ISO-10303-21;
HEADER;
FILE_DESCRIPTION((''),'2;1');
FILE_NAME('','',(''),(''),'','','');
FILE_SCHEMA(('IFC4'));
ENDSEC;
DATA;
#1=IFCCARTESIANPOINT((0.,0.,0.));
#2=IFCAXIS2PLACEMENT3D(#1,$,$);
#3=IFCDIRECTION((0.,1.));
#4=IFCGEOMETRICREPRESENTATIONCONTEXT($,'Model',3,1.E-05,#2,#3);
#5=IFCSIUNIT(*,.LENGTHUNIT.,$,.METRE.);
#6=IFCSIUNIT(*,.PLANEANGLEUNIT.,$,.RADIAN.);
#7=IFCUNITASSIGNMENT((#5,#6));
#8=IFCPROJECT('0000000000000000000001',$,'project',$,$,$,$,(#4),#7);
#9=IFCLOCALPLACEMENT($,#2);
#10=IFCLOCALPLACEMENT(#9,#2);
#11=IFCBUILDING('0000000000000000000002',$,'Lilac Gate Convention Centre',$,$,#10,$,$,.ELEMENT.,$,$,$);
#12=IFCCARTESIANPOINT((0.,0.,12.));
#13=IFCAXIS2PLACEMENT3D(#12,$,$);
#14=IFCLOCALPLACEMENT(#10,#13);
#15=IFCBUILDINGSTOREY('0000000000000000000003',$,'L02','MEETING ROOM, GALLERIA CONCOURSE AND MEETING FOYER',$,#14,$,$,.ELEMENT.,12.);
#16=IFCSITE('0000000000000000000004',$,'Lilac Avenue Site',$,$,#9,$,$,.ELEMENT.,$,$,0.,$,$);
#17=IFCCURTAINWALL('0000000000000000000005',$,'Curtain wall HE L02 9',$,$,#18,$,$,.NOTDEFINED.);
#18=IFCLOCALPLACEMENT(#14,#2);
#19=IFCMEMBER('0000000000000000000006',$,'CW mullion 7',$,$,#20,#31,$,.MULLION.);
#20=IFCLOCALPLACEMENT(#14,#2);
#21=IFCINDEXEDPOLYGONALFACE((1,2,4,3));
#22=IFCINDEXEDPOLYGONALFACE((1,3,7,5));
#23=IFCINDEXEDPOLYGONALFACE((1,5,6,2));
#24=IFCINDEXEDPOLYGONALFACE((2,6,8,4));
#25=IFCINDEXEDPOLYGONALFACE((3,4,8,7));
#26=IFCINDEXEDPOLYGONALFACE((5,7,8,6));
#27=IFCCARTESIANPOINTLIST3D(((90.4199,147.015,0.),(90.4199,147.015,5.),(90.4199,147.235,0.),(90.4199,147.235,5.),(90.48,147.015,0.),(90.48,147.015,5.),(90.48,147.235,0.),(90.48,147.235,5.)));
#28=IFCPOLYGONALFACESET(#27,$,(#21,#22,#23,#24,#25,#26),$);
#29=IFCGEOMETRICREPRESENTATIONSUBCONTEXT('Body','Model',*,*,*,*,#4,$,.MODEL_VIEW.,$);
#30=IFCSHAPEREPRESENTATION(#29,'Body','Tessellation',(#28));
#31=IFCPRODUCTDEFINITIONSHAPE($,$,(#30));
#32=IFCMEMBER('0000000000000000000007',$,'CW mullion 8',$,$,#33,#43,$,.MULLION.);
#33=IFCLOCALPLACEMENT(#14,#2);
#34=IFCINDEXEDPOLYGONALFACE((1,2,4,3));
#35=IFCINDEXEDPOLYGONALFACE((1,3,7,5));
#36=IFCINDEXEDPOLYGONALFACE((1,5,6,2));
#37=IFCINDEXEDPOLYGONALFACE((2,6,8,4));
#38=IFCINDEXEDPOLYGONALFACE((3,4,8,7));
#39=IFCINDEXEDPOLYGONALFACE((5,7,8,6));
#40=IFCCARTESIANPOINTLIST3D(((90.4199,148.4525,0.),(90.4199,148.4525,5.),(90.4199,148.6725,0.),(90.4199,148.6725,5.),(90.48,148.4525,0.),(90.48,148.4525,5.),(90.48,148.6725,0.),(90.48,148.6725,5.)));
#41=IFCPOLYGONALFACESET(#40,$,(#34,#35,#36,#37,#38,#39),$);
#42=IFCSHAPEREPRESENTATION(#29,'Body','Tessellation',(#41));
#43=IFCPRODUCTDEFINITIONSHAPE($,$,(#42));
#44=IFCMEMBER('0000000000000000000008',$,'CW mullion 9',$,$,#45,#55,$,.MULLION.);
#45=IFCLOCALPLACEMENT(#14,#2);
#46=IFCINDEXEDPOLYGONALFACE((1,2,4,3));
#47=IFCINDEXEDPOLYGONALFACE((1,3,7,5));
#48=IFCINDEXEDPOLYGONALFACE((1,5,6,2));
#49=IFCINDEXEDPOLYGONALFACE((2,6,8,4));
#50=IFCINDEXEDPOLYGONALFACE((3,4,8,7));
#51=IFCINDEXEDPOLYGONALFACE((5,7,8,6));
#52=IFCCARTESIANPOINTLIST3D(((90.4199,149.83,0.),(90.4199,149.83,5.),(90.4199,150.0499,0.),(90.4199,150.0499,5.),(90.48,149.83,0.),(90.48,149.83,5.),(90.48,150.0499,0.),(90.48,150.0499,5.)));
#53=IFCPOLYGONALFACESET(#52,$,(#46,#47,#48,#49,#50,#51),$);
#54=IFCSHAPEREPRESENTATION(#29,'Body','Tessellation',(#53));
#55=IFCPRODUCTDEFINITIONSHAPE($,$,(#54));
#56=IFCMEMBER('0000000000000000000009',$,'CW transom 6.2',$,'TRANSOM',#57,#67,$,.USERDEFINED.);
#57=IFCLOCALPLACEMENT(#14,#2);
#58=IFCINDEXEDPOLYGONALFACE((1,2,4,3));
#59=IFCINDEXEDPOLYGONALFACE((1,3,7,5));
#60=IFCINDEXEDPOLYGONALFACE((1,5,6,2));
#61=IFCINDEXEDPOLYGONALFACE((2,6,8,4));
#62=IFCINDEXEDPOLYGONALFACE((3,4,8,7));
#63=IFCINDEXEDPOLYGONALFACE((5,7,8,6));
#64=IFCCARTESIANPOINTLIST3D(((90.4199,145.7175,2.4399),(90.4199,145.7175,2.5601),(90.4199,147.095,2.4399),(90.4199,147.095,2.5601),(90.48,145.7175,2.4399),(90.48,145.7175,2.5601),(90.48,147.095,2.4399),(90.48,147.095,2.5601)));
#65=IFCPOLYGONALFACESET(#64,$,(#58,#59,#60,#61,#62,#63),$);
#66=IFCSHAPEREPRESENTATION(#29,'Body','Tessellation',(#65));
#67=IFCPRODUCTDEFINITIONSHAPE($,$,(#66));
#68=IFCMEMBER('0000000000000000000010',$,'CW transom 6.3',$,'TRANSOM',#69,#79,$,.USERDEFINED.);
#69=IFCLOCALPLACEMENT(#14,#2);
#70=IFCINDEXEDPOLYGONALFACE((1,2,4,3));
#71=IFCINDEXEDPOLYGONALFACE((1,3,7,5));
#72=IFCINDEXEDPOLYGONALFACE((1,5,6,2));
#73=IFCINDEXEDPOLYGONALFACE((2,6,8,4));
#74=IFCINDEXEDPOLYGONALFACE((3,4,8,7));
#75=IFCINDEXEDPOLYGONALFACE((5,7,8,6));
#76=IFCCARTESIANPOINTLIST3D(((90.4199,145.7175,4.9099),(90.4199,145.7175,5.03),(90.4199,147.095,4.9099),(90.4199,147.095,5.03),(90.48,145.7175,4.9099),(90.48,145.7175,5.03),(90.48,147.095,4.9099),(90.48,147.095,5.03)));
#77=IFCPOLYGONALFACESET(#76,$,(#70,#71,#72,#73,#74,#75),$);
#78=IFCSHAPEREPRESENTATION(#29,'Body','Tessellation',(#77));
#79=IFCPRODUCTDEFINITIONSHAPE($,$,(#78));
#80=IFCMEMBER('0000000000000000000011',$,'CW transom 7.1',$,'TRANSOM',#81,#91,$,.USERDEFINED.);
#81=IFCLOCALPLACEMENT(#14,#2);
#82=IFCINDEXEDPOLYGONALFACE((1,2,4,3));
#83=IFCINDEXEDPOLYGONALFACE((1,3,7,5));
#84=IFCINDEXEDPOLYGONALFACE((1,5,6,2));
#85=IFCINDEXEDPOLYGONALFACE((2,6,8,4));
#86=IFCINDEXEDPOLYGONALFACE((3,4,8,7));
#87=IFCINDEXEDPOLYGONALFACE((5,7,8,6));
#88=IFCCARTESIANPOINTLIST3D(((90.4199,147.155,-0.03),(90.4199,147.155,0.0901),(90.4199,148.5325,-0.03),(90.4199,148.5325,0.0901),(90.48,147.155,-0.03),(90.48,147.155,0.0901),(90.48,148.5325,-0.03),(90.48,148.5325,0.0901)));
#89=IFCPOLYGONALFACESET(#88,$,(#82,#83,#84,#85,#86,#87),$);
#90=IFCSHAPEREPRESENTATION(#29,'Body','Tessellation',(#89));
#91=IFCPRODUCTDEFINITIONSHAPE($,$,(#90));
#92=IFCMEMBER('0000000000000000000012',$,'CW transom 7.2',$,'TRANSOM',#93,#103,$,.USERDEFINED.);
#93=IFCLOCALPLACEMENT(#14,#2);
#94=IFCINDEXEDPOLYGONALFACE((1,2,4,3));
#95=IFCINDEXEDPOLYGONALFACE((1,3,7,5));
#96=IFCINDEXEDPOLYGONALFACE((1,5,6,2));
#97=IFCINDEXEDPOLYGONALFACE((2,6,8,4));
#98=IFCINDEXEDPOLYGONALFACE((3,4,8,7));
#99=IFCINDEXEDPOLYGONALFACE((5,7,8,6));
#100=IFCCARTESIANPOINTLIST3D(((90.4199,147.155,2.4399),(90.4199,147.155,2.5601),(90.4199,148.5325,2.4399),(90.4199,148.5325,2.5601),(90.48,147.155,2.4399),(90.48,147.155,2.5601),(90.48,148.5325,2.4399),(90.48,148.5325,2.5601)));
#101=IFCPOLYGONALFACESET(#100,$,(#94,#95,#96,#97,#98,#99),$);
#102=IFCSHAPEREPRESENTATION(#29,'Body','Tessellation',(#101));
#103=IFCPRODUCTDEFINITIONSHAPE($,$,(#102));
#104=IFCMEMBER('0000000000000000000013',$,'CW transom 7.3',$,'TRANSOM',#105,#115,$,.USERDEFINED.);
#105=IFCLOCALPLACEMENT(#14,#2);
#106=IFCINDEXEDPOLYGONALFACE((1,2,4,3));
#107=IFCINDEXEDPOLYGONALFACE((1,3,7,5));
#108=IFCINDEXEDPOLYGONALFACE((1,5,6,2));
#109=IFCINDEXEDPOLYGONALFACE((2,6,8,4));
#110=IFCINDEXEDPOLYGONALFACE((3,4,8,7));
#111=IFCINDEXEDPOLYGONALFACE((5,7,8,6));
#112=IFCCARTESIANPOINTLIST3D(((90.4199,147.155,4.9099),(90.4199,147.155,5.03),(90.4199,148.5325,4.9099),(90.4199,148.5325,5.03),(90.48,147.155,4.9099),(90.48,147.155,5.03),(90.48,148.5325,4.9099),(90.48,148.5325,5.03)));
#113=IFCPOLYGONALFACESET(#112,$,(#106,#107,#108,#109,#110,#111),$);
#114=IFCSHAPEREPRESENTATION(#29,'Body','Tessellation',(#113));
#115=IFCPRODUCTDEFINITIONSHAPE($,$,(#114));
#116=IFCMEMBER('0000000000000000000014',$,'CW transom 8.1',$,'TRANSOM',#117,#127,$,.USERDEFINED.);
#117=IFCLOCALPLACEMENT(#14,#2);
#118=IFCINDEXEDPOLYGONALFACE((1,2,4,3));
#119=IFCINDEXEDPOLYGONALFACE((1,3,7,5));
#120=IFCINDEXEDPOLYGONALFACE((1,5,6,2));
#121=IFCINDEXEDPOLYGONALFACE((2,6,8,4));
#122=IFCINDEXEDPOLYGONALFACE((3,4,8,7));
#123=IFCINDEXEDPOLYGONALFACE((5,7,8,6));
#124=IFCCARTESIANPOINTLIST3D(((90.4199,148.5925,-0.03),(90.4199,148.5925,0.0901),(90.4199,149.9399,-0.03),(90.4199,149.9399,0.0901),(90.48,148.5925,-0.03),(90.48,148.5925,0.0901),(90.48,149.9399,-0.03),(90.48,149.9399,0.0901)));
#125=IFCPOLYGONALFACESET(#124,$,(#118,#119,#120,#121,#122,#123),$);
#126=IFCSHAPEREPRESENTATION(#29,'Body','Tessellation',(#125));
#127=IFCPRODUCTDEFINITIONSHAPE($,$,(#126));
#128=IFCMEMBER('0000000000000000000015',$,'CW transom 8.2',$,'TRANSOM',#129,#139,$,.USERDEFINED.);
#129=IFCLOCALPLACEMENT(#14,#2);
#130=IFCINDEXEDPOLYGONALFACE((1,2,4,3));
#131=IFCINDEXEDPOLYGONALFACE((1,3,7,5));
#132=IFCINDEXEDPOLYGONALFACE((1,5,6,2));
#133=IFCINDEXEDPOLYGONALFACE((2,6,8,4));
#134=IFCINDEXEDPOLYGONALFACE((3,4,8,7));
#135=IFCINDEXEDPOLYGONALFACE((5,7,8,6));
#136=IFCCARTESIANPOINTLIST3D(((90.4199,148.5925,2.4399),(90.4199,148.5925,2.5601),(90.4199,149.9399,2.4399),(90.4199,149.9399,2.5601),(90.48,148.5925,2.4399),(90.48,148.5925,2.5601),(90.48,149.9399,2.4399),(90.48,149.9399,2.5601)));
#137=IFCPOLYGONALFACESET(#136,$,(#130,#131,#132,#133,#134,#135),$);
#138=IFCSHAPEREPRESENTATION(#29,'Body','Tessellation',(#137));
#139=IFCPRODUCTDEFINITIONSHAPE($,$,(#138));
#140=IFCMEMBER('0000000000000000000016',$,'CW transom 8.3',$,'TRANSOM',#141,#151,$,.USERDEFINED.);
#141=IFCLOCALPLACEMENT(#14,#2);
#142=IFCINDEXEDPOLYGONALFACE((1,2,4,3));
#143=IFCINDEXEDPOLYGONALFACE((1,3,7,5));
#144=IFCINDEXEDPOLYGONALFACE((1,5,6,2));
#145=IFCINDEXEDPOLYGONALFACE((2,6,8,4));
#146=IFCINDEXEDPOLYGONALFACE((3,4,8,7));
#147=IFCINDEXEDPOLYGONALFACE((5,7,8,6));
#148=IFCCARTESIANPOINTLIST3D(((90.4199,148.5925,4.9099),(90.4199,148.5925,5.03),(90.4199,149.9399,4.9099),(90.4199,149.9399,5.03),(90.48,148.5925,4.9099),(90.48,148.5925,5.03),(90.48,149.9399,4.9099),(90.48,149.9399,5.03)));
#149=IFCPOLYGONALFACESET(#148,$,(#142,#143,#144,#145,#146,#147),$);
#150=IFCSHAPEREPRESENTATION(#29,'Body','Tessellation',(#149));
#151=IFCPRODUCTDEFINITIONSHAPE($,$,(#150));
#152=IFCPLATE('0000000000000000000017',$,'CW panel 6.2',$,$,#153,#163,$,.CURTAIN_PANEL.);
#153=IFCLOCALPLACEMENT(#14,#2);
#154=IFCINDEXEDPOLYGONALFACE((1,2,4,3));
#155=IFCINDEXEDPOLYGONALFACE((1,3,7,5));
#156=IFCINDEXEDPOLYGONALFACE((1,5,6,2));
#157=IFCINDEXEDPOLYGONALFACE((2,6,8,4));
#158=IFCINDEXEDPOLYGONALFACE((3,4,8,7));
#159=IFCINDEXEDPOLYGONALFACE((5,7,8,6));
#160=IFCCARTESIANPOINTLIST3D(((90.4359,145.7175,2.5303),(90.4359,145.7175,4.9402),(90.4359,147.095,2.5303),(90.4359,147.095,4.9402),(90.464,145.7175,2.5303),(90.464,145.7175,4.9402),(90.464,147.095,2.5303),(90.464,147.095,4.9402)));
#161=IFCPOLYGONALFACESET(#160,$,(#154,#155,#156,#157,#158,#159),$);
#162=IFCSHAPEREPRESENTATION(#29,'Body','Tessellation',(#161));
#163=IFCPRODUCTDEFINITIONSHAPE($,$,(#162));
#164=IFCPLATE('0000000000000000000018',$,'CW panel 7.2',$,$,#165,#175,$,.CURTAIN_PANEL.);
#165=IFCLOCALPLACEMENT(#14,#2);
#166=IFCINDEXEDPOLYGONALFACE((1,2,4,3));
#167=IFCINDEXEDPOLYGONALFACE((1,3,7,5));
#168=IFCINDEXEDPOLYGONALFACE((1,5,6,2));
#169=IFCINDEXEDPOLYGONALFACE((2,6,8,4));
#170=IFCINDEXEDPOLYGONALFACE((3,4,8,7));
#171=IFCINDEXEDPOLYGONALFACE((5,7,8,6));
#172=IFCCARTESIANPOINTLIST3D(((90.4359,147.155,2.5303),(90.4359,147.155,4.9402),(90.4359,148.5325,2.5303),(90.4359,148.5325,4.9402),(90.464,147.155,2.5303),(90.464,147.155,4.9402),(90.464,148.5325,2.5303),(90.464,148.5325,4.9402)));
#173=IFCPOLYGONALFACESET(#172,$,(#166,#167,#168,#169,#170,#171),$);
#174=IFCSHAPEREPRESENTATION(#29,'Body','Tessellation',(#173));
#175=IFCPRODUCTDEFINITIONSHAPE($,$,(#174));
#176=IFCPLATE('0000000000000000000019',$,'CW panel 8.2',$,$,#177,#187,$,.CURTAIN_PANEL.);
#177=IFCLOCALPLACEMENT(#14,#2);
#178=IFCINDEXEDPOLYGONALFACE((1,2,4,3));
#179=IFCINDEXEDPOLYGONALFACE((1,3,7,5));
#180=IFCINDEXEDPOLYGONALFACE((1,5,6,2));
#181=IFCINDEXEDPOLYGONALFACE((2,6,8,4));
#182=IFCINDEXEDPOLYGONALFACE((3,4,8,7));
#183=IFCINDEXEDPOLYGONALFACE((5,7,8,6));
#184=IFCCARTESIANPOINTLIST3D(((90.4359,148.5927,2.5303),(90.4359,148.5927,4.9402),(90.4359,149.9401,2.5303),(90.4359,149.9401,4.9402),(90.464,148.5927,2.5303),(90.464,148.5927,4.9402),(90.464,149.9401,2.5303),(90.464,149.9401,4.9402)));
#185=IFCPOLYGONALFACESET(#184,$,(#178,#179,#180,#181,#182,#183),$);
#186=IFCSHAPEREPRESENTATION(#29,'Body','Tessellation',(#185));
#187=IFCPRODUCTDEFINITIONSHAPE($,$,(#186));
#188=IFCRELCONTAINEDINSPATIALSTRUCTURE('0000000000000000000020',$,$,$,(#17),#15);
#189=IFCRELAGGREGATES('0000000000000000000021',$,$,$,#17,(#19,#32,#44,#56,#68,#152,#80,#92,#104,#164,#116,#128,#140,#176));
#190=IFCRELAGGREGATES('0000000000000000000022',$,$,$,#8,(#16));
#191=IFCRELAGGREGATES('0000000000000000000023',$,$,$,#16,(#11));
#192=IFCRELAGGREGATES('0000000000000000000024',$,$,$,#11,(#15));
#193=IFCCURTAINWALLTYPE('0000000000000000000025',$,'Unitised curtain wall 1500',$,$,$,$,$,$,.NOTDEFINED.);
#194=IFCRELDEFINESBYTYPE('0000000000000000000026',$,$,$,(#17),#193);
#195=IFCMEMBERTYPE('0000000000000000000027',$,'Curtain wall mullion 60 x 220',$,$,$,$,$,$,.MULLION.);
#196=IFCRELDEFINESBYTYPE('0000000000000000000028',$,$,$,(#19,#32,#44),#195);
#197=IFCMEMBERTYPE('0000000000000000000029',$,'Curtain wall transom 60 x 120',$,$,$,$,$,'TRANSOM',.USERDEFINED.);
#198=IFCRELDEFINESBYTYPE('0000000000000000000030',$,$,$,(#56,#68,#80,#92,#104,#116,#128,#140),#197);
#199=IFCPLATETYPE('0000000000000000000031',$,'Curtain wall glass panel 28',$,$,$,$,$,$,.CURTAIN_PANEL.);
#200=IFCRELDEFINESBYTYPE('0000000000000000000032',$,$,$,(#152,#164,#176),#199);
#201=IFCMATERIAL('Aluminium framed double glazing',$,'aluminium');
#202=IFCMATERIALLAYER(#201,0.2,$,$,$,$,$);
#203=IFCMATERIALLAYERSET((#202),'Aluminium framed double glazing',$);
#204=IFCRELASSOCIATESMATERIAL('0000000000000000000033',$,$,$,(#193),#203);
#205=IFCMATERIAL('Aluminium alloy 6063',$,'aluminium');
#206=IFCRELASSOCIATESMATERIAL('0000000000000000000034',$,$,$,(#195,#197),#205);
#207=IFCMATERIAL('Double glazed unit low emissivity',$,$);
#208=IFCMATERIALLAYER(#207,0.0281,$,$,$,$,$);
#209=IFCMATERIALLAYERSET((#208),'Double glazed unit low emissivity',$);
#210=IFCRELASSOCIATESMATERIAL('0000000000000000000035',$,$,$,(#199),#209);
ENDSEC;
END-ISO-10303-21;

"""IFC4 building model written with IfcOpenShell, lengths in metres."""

from ifc_helpers import new_model, si_unit, direction, frame, origin, origin_2d, place, context, subcontext, project, spatial, rectangle, extrude, material, layer, layer_set, material_profile, profile_set, type_object, element, aggregate, save


model = new_model("IFC4")

# Units and contexts
model_context = context("Model", 3, precision=1e-05, world=origin(), true_north=direction((0.0, 1.0)))
body_context = subcontext(model_context, "Body", "Model", "MODEL_VIEW")
ifc_project = project(units=[si_unit("LENGTHUNIT", "METRE"), si_unit("PLANEANGLEUNIT", "RADIAN")], contexts=[model_context])

# Site, building, storey
site_placement = place(None, origin())
site = spatial("IfcSite", under=ifc_project, at=site_placement, Name="Lilac Avenue Site", CompositionType="ELEMENT", RefElevation=0.0)
building_placement = place(site_placement, origin())
building = spatial("IfcBuilding", under=site, at=building_placement, Name="Lilac Gate Convention Centre", CompositionType="ELEMENT")
storey_placement = place(building_placement, frame((0.0, 0.0, 12.0)))
storey = spatial("IfcBuildingStorey", under=building, at=storey_placement, Name="L02", Description="MEETING ROOM, GALLERIA CONCOURSE AND MEETING FOYER", CompositionType="ELEMENT", Elevation=12.0)

# Curtain wall, members, plates
ifc_material_1 = material(Name="Aluminium framed double glazing", Category="aluminium")
ifc_layer_1 = layer(ifc_material_1, 0.2)
ifc_layer_set_1 = layer_set([ifc_layer_1], Name="Aluminium framed double glazing")
curtain_wall_type = type_object("IfcCurtainWallType", Name="Unitised curtain wall 1500", PredefinedType="NOTDEFINED", material=ifc_layer_set_1)
curtain_wall_placement = place(storey_placement, origin())
curtain_wall = element("IfcCurtainWall", 1, at=curtain_wall_placement, inside=storey, type_object=curtain_wall_type, Name="Curtain wall HE L02 9", PredefinedType="NOTDEFINED")
ifc_material_2 = material(Name="Aluminium alloy 6063", Category="aluminium")
ifc_material_profile_1 = material_profile(ifc_material_2, rectangle(XDim=0.0601, YDim=0.22, at=origin_2d()), Name="Curtain wall mullion 60 x 220")
ifc_profile_set_1 = profile_set([ifc_material_profile_1], Name="Aluminium alloy 6063")
member_type_1 = type_object("IfcMemberType", Name="Curtain wall mullion 60 x 220", PredefinedType="MULLION", material=ifc_profile_set_1)
member_1_placement = place(storey_placement, frame((90.45, 147.125, 0.0), z_axis=(0.0, 0.0, 1.0), x_axis=(-1.0, 0.0, 0.0)))
member_1 = element("IfcMember", 2, at=member_1_placement, type_object=member_type_1, Name="CW mullion 7", PredefinedType="MULLION", context=body_context, shape_type="SweptSolid", body=[
    extrude(rectangle(XDim=0.0601, YDim=0.22, at=origin_2d()), origin(), (0.0, 0.0, 1.0), 5.0),
])
member_2_placement = place(storey_placement, frame((90.45, 148.5625, 0.0), z_axis=(0.0, 0.0, 1.0), x_axis=(-1.0, 0.0, 0.0)))
member_2 = element("IfcMember", 3, at=member_2_placement, type_object=member_type_1, Name="CW mullion 8", PredefinedType="MULLION", context=body_context, shape_type="SweptSolid", body=[
    extrude(rectangle(XDim=0.0601, YDim=0.22, at=origin_2d()), origin(), (0.0, 0.0, 1.0), 5.0),
])
member_3_placement = place(storey_placement, frame((90.45, 149.9399, 0.0), z_axis=(0.0, 0.0, 1.0), x_axis=(-1.0, 0.0, 0.0)))
member_3 = element("IfcMember", 4, at=member_3_placement, type_object=member_type_1, Name="CW mullion 9", PredefinedType="MULLION", context=body_context, shape_type="SweptSolid", body=[
    extrude(rectangle(XDim=0.0601, YDim=0.22, at=origin_2d()), origin(), (0.0, 0.0, 1.0), 5.0),
])
ifc_material_profile_2 = material_profile(ifc_material_2, rectangle(XDim=0.0601, YDim=0.1201, at=origin_2d()), Name="Curtain wall transom 60 x 120")
ifc_profile_set_2 = profile_set([ifc_material_profile_2], Name="Aluminium alloy 6063")
member_type_2 = type_object("IfcMemberType", Name="Curtain wall transom 60 x 120", ElementType="TRANSOM", PredefinedType="USERDEFINED", material=ifc_profile_set_2)
member_4_placement = place(storey_placement, frame((90.45, 145.7175, 2.5), z_axis=(0.0, 1.0, 0.0), x_axis=(-1.0, 0.0, 0.0)))
member_4 = element("IfcMember", 5, at=member_4_placement, type_object=member_type_2, Name="CW transom 6.2", ObjectType="TRANSOM", PredefinedType="USERDEFINED", context=body_context, shape_type="SweptSolid", body=[
    extrude(rectangle(XDim=0.0601, YDim=0.1201, at=origin_2d()), origin(), (0.0, 0.0, 1.0), 1.3774),
])
member_5_placement = place(storey_placement, frame((90.45, 145.7175, 4.97), z_axis=(0.0, 1.0, 0.0), x_axis=(-1.0, 0.0, 0.0)))
member_5 = element("IfcMember", 6, at=member_5_placement, type_object=member_type_2, Name="CW transom 6.3", ObjectType="TRANSOM", PredefinedType="USERDEFINED", context=body_context, shape_type="SweptSolid", body=[
    extrude(rectangle(XDim=0.0601, YDim=0.1201, at=origin_2d()), origin(), (0.0, 0.0, 1.0), 1.3774),
])
member_6_placement = place(storey_placement, frame((90.45, 147.155, 0.03), z_axis=(0.0, 1.0, 0.0), x_axis=(-1.0, 0.0, 0.0)))
member_6 = element("IfcMember", 7, at=member_6_placement, type_object=member_type_2, Name="CW transom 7.1", ObjectType="TRANSOM", PredefinedType="USERDEFINED", context=body_context, shape_type="SweptSolid", body=[
    extrude(rectangle(XDim=0.0601, YDim=0.1201, at=origin_2d()), origin(), (0.0, 0.0, 1.0), 1.3774),
])
member_7_placement = place(storey_placement, frame((90.45, 147.155, 2.5), z_axis=(0.0, 1.0, 0.0), x_axis=(-1.0, 0.0, 0.0)))
member_7 = element("IfcMember", 8, at=member_7_placement, type_object=member_type_2, Name="CW transom 7.2", ObjectType="TRANSOM", PredefinedType="USERDEFINED", context=body_context, shape_type="SweptSolid", body=[
    extrude(rectangle(XDim=0.0601, YDim=0.1201, at=origin_2d()), origin(), (0.0, 0.0, 1.0), 1.3774),
])
member_8_placement = place(storey_placement, frame((90.45, 147.155, 4.97), z_axis=(0.0, 1.0, 0.0), x_axis=(-1.0, 0.0, 0.0)))
member_8 = element("IfcMember", 9, at=member_8_placement, type_object=member_type_2, Name="CW transom 7.3", ObjectType="TRANSOM", PredefinedType="USERDEFINED", context=body_context, shape_type="SweptSolid", body=[
    extrude(rectangle(XDim=0.0601, YDim=0.1201, at=origin_2d()), origin(), (0.0, 0.0, 1.0), 1.3774),
])
member_9_placement = place(storey_placement, frame((90.45, 148.5925, 0.03), z_axis=(0.0, 1.0, 0.0), x_axis=(-1.0, 0.0, 0.0)))
member_9 = element("IfcMember", 10, at=member_9_placement, type_object=member_type_2, Name="CW transom 8.1", ObjectType="TRANSOM", PredefinedType="USERDEFINED", context=body_context, shape_type="SweptSolid", body=[
    extrude(rectangle(XDim=0.0601, YDim=0.1201, at=origin_2d()), origin(), (0.0, 0.0, 1.0), 1.3474),
])
member_10_placement = place(storey_placement, frame((90.45, 148.5925, 2.5), z_axis=(0.0, 1.0, 0.0), x_axis=(-1.0, 0.0, 0.0)))
member_10 = element("IfcMember", 11, at=member_10_placement, type_object=member_type_2, Name="CW transom 8.2", ObjectType="TRANSOM", PredefinedType="USERDEFINED", context=body_context, shape_type="SweptSolid", body=[
    extrude(rectangle(XDim=0.0601, YDim=0.1201, at=origin_2d()), origin(), (0.0, 0.0, 1.0), 1.3474),
])
member_11_placement = place(storey_placement, frame((90.45, 148.5925, 4.97), z_axis=(0.0, 1.0, 0.0), x_axis=(-1.0, 0.0, 0.0)))
member_11 = element("IfcMember", 12, at=member_11_placement, type_object=member_type_2, Name="CW transom 8.3", ObjectType="TRANSOM", PredefinedType="USERDEFINED", context=body_context, shape_type="SweptSolid", body=[
    extrude(rectangle(XDim=0.0601, YDim=0.1201, at=origin_2d()), origin(), (0.0, 0.0, 1.0), 1.3474),
])
ifc_material_3 = material(Name="Double glazed unit low emissivity")
ifc_layer_2 = layer(ifc_material_3, 0.0281)
ifc_layer_set_2 = layer_set([ifc_layer_2], Name="Double glazed unit low emissivity")
plate_type_1 = type_object("IfcPlateType", Name="Curtain wall glass panel 28", PredefinedType="CURTAIN_PANEL", material=ifc_layer_set_2)
plate_1_placement = place(storey_placement, frame((90.45, 146.4062, 2.5303), z_axis=(0.0, 0.0, 1.0), x_axis=(0.0, 1.0, 0.0)))
plate_1 = element("IfcPlate", 13, at=plate_1_placement, type_object=plate_type_1, Name="CW panel 6.2", PredefinedType="CURTAIN_PANEL", context=body_context, shape_type="SweptSolid", body=[
    extrude(rectangle(XDim=1.3774, YDim=0.0281, at=origin_2d()), origin(), (0.0, 0.0, 1.0), 2.4099),
])
plate_2_placement = place(storey_placement, frame((90.45, 147.8438, 2.5303), z_axis=(0.0, 0.0, 1.0), x_axis=(0.0, 1.0, 0.0)))
plate_2 = element("IfcPlate", 14, at=plate_2_placement, type_object=plate_type_1, Name="CW panel 7.2", PredefinedType="CURTAIN_PANEL", context=body_context, shape_type="SweptSolid", body=[
    extrude(rectangle(XDim=1.3774, YDim=0.0281, at=origin_2d()), origin(), (0.0, 0.0, 1.0), 2.4099),
])
plate_3_placement = place(storey_placement, frame((90.45, 149.2664, 2.5303), z_axis=(0.0, 0.0, 1.0), x_axis=(0.0, 1.0, 0.0)))
plate_3 = element("IfcPlate", 15, at=plate_3_placement, type_object=plate_type_1, Name="CW panel 8.2", PredefinedType="CURTAIN_PANEL", context=body_context, shape_type="SweptSolid", body=[
    extrude(rectangle(XDim=1.3474, YDim=0.0281, at=origin_2d()), origin(), (0.0, 0.0, 1.0), 2.4099),
])
aggregate(curtain_wall, [member_1, member_2, member_3, member_4, member_5, plate_1, member_6, member_7, member_8, plate_2, member_9, member_10, member_11, plate_3])

save(model, "model.ifc")
